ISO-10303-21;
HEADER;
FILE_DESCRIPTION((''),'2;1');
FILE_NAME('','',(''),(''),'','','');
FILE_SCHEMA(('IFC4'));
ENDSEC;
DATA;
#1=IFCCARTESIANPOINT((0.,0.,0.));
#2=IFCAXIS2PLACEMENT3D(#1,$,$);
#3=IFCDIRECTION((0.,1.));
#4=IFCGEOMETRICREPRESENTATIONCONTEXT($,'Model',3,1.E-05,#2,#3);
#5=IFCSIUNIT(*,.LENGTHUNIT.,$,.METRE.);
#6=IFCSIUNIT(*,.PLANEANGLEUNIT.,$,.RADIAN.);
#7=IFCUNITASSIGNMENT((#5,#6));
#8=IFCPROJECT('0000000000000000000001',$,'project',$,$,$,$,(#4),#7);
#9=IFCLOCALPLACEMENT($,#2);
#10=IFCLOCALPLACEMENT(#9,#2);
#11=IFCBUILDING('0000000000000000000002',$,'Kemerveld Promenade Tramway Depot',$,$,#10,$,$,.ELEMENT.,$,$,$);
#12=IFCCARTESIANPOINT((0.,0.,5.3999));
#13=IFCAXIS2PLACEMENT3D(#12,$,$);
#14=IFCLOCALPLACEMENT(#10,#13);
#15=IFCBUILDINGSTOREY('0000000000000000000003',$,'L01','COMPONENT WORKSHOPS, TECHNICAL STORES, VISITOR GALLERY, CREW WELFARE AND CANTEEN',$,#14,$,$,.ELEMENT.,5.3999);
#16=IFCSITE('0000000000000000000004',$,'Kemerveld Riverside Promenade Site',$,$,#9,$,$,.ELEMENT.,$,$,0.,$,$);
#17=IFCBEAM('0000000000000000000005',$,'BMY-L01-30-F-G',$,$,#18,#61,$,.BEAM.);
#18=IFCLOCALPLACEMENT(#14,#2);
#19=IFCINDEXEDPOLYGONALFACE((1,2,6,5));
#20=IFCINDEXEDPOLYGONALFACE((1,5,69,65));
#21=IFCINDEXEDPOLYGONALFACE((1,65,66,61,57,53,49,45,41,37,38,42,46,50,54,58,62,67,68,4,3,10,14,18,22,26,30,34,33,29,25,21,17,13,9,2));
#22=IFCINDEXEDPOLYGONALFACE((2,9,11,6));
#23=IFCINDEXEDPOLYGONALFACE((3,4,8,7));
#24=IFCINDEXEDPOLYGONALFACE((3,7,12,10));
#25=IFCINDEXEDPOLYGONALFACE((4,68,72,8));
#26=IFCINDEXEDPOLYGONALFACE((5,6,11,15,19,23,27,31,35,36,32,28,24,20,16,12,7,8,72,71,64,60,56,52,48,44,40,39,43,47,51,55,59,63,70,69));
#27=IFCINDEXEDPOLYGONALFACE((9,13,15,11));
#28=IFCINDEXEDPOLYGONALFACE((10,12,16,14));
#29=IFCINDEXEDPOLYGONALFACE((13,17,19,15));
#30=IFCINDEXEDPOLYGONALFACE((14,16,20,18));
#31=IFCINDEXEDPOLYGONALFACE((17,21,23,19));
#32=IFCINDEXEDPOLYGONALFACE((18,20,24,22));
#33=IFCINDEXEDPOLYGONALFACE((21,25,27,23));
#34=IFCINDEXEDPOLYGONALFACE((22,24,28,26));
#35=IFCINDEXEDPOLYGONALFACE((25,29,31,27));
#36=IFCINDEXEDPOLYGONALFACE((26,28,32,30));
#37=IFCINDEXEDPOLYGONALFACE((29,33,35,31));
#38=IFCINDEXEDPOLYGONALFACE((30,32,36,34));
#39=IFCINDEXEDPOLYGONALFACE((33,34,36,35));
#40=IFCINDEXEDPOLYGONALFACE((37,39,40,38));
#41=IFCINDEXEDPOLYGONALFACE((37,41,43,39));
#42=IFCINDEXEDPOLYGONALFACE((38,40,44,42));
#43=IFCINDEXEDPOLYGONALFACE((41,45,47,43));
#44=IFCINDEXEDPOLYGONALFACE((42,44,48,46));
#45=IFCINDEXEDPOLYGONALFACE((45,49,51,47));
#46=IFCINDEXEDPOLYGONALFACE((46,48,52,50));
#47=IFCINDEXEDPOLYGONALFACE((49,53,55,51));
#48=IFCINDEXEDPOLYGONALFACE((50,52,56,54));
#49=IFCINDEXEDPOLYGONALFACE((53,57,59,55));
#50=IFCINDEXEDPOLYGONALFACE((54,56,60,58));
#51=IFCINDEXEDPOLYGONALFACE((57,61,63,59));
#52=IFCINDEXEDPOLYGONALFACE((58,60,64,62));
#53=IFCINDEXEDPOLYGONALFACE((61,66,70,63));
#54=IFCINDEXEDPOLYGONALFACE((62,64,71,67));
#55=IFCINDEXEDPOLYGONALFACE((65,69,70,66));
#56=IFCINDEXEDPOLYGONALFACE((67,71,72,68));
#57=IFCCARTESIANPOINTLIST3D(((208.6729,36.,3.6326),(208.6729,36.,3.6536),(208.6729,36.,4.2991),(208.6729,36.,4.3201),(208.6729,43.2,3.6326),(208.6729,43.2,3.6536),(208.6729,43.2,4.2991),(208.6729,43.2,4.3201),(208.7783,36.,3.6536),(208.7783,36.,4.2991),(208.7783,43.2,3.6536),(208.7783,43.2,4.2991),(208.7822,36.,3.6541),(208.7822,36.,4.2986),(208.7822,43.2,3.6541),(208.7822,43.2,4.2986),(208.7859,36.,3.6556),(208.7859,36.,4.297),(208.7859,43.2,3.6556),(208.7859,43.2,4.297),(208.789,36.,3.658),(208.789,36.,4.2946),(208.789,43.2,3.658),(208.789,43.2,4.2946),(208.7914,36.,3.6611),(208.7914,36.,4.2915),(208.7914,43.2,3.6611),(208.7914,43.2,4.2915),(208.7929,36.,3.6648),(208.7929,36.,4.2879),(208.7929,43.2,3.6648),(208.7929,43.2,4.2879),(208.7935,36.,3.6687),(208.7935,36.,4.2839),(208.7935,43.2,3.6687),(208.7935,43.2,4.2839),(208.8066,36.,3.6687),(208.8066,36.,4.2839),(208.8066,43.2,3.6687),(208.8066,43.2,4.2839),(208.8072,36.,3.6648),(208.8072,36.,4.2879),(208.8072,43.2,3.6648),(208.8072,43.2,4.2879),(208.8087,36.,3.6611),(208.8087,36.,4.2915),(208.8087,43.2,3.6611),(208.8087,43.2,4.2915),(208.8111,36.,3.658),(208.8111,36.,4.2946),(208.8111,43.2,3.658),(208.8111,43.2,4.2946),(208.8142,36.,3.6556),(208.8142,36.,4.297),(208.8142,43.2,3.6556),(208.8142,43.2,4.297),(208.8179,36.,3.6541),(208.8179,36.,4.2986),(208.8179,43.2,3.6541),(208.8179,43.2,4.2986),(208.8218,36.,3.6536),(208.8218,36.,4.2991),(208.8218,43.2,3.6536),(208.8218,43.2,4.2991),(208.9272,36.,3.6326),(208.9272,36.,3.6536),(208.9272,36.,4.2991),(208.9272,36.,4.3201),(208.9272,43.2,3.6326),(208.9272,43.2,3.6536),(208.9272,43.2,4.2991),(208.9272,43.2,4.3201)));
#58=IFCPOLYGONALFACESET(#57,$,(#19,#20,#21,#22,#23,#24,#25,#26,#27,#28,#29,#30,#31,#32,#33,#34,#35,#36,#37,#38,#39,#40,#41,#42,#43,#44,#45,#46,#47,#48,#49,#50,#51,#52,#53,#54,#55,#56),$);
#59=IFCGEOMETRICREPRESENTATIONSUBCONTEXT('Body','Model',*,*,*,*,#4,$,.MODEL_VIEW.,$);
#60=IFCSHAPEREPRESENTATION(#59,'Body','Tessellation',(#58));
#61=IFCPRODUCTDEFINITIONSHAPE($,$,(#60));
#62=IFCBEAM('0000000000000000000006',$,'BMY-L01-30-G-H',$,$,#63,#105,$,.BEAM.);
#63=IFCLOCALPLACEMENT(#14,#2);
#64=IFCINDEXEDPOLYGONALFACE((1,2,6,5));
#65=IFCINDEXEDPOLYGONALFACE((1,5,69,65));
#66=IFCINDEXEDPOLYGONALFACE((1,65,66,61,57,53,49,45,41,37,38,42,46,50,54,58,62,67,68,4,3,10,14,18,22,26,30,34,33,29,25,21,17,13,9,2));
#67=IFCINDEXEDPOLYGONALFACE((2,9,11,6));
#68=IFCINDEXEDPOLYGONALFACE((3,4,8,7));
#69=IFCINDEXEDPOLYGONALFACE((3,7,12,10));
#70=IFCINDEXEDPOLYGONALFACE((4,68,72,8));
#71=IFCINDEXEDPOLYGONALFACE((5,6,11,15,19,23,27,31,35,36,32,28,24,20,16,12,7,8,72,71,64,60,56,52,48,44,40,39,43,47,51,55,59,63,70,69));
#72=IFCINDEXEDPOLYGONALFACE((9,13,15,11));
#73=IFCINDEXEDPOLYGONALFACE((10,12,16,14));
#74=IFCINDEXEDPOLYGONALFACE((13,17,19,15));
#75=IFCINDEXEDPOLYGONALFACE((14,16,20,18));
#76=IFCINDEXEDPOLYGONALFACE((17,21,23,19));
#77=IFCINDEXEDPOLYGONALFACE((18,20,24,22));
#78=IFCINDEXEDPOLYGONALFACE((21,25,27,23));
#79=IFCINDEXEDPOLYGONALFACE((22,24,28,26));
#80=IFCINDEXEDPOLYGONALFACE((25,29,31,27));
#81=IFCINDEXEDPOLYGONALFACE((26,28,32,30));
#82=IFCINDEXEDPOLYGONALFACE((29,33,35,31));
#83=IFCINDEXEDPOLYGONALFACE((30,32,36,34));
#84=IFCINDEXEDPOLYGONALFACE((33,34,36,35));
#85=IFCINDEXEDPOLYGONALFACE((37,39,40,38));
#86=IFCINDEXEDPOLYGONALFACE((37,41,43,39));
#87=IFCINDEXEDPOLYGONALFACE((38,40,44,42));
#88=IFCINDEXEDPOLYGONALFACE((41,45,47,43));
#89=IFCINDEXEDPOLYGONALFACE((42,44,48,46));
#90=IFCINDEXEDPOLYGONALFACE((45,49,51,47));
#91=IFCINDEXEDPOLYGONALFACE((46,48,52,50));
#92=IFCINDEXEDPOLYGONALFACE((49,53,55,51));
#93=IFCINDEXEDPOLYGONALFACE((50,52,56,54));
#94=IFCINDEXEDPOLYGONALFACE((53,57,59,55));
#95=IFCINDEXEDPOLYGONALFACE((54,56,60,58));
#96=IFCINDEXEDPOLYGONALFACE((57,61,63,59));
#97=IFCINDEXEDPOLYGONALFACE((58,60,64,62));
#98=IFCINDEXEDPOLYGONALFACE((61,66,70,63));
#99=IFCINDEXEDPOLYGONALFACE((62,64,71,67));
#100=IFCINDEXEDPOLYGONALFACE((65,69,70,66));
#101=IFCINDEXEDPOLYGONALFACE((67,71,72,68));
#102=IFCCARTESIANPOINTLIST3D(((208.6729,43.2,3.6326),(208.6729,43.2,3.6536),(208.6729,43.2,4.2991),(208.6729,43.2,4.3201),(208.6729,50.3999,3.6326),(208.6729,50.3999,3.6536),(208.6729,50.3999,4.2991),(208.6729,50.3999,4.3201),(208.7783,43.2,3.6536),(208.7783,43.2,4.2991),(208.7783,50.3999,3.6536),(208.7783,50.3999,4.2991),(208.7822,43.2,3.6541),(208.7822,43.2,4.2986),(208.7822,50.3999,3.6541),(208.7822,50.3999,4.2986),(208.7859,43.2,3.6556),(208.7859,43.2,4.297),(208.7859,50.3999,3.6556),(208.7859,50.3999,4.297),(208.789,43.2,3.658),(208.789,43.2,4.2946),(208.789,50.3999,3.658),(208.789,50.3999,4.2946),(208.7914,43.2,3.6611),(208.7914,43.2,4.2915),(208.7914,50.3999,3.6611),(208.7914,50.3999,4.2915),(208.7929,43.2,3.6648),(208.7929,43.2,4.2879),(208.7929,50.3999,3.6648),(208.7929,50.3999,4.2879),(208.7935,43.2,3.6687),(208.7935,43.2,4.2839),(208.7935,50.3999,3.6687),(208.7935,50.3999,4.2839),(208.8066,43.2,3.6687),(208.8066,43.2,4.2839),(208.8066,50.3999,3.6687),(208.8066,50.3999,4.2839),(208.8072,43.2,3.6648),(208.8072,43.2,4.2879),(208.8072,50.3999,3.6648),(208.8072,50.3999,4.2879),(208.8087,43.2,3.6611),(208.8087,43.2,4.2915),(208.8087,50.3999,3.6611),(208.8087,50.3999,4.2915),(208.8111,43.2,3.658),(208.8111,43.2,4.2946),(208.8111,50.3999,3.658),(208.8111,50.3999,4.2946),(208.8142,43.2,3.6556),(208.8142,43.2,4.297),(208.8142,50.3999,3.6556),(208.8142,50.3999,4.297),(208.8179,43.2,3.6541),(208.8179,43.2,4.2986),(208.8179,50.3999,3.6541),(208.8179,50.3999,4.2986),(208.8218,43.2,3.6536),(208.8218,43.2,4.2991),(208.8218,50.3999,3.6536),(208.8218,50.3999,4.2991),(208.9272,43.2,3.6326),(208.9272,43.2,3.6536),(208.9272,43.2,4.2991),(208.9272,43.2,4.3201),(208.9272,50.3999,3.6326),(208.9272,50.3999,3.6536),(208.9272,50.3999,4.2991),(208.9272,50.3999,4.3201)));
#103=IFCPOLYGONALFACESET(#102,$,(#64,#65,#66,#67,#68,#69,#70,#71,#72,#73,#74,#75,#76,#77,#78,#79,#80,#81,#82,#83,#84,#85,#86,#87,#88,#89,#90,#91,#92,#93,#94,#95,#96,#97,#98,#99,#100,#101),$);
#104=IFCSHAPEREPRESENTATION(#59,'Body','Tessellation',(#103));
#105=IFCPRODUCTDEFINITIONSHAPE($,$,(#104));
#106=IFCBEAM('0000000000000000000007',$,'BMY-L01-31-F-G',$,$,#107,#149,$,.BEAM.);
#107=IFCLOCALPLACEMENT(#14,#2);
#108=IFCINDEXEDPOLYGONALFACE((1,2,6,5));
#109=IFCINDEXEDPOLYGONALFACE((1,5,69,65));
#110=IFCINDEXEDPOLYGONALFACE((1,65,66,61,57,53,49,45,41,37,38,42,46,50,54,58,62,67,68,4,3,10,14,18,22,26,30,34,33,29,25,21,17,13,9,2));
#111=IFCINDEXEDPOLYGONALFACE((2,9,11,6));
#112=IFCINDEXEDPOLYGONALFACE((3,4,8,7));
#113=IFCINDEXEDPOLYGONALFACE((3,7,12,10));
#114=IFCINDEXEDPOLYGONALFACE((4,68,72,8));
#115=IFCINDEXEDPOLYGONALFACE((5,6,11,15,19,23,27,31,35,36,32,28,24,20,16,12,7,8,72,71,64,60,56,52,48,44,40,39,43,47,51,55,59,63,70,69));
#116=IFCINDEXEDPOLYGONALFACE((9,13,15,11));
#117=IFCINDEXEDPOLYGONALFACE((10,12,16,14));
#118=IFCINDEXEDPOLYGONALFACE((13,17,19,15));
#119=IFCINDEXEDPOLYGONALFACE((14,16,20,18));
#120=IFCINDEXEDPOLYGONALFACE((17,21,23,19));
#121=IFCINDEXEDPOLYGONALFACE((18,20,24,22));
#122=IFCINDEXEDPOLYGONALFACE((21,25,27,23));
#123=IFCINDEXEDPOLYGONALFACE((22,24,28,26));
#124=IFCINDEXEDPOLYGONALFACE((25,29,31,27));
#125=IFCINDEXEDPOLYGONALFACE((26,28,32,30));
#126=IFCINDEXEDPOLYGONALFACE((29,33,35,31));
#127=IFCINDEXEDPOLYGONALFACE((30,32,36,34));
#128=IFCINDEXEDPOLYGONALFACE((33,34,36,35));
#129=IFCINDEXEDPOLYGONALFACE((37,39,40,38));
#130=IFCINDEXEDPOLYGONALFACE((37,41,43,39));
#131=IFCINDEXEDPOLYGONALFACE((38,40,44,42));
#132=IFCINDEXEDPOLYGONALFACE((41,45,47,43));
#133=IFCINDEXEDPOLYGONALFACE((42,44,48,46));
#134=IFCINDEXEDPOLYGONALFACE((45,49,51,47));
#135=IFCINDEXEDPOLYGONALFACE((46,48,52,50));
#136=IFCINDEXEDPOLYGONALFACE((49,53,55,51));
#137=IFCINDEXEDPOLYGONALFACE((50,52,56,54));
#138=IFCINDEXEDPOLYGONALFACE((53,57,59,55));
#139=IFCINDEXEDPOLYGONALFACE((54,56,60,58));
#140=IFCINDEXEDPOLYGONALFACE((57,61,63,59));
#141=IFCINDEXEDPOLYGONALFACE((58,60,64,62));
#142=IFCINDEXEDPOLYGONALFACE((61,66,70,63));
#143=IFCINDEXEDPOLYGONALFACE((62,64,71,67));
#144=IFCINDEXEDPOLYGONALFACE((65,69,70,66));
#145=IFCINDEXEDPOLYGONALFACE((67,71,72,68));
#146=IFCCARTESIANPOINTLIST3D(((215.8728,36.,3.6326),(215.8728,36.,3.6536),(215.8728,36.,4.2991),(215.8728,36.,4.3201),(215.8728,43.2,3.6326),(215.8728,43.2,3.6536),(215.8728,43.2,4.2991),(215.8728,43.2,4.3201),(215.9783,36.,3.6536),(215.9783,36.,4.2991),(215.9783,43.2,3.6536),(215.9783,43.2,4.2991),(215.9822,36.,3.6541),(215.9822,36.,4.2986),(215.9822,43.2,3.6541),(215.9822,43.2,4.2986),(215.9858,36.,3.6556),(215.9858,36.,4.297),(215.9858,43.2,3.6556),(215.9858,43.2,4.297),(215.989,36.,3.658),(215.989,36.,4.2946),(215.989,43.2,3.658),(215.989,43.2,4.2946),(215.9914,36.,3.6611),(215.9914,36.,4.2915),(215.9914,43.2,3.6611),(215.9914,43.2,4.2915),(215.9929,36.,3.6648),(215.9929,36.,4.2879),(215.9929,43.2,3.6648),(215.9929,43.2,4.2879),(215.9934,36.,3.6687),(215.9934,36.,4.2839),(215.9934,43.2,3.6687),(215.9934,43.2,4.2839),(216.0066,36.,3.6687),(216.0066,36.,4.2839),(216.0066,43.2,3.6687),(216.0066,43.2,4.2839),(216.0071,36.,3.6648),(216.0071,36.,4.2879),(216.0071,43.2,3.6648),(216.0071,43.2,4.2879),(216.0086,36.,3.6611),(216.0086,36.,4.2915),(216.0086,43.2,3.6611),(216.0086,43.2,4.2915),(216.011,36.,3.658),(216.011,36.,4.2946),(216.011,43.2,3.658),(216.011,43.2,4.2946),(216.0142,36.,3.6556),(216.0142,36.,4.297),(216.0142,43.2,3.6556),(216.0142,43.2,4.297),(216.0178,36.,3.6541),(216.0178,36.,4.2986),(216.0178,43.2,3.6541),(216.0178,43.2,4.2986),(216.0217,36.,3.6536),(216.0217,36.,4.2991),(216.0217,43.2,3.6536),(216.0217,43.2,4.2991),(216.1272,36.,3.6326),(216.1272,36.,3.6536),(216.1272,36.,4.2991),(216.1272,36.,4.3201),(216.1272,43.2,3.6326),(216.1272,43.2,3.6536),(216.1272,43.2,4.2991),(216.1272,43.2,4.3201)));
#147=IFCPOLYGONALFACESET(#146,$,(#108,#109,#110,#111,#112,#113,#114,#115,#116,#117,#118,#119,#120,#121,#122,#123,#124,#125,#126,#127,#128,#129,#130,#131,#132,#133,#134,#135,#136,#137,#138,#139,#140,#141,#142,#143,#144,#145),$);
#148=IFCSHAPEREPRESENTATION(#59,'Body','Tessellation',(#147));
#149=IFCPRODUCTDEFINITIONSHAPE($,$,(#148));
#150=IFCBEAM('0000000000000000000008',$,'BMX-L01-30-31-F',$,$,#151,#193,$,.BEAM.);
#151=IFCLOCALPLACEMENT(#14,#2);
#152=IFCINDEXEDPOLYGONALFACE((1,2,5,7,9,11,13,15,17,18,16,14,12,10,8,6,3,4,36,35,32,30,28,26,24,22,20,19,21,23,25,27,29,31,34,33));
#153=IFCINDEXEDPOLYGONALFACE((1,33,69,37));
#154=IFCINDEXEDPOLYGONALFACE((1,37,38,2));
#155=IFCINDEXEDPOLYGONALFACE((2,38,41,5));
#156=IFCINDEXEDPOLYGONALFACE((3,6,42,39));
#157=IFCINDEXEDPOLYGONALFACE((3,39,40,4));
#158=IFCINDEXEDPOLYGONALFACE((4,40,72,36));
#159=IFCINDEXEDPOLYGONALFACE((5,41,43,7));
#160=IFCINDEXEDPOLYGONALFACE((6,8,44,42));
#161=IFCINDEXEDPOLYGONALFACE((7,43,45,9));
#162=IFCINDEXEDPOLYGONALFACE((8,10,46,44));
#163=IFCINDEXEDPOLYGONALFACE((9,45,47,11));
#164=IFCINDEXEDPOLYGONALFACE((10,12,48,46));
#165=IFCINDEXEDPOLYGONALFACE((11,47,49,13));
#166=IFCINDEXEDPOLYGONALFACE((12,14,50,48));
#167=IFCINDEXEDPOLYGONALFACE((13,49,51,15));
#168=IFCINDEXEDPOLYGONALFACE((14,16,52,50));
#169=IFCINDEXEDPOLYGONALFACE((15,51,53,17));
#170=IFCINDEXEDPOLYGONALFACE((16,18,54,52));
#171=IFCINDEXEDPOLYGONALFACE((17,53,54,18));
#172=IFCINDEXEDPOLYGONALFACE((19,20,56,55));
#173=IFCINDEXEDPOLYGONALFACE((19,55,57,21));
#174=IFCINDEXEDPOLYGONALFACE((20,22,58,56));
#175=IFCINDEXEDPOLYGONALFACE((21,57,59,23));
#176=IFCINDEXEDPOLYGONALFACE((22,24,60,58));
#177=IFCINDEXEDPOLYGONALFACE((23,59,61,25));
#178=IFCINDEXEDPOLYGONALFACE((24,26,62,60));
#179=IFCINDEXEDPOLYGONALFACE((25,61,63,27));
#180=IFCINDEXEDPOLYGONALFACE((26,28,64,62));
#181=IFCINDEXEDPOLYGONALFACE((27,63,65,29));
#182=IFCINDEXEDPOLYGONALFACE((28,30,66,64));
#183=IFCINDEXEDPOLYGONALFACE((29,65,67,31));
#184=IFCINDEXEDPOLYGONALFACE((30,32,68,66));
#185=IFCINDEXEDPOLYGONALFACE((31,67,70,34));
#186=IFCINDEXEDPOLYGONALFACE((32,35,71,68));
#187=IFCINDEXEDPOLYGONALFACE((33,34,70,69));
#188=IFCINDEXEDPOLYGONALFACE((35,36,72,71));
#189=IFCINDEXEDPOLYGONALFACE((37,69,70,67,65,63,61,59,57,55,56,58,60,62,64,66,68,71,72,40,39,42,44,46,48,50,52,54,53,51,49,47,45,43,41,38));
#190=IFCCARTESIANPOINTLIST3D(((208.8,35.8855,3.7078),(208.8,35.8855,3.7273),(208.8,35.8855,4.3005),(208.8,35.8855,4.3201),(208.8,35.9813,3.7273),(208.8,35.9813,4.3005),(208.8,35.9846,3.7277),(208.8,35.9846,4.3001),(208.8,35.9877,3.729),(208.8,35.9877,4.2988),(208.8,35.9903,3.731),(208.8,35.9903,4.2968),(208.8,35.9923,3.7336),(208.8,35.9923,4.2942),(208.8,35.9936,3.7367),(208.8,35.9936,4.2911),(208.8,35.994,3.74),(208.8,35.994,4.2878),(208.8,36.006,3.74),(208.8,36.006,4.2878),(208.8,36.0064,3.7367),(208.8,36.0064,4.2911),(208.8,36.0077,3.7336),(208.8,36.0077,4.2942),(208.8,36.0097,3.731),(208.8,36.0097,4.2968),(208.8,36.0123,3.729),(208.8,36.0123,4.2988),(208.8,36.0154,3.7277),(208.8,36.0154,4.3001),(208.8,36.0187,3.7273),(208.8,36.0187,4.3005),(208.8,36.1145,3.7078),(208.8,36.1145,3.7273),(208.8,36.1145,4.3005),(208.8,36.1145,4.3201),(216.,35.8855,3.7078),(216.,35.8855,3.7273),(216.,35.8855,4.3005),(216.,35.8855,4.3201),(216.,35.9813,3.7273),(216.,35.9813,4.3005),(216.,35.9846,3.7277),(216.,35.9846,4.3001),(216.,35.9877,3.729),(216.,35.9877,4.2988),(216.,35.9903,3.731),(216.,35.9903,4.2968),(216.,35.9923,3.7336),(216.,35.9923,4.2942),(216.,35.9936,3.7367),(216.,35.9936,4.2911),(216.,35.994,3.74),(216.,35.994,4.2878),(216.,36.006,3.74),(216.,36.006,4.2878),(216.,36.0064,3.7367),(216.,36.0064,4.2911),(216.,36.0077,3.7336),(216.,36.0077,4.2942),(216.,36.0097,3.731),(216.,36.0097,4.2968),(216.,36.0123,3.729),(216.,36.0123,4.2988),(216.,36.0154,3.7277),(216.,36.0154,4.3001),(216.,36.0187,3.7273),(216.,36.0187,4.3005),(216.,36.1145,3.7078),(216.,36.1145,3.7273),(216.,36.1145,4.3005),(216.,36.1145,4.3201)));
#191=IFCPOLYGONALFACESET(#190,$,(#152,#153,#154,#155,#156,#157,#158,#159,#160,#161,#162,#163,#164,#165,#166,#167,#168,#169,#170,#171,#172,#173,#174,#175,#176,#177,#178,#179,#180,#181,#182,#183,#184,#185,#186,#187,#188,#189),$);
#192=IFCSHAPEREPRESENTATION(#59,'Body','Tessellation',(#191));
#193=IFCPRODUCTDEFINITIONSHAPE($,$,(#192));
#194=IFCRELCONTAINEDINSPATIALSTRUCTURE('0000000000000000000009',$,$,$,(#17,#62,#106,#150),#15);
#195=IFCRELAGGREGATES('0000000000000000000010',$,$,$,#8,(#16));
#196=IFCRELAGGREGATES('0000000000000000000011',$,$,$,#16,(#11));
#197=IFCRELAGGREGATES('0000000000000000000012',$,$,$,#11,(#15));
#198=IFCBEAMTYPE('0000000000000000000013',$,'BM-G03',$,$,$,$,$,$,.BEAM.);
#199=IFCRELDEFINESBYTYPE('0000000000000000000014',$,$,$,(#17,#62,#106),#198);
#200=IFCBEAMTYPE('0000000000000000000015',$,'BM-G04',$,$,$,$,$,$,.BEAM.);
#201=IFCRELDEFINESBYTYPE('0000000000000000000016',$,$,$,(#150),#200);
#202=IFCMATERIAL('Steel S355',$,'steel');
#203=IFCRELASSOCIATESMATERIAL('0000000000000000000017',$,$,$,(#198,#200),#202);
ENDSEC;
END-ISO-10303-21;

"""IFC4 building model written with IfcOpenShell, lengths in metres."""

from ifc_helpers import new_model, si_unit, direction, frame, origin, origin_2d, place, context, subcontext, project, spatial, i_section, extrude, material, material_profile, profile_set, type_object, element, save


model = new_model("IFC4")

# Units and contexts
model_context = context("Model", 3, precision=1e-05, world=origin(), true_north=direction((0.0, 1.0)))
body_context = subcontext(model_context, "Body", "Model", "MODEL_VIEW")
ifc_project = project(units=[si_unit("LENGTHUNIT", "METRE"), si_unit("PLANEANGLEUNIT", "RADIAN")], contexts=[model_context])

# Site, building, storey
site_placement = place(None, origin())
site = spatial("IfcSite", under=ifc_project, at=site_placement, Name="Kemerveld Riverside Promenade Site", CompositionType="ELEMENT", RefElevation=0.0)
building_placement = place(site_placement, origin())
building = spatial("IfcBuilding", under=site, at=building_placement, Name="Kemerveld Promenade Tramway Depot", CompositionType="ELEMENT")
storey_placement = place(building_placement, frame((0.0, 0.0, 5.3999)))
storey = spatial("IfcBuildingStorey", under=building, at=storey_placement, Name="L01", Description="COMPONENT WORKSHOPS, TECHNICAL STORES, VISITOR GALLERY, CREW WELFARE AND CANTEEN", CompositionType="ELEMENT", Elevation=5.3999)

# Shared definitions
ifc_material_1 = material(Name="Steel S355", Category="steel")

# Beams
ifc_material_profile_1 = material_profile(ifc_material_1, i_section(OverallWidth=0.2544, OverallDepth=0.6875, WebThickness=0.0132, FlangeThickness=0.021, FilletRadius=0.0151, at=origin_2d()), Name="686x254x152 UB")
ifc_profile_set_1 = profile_set([ifc_material_profile_1], Name="Steel S355")
beam_type_1 = type_object("IfcBeamType", Name="BM-G03", PredefinedType="BEAM", material=ifc_profile_set_1)
for number, where, z_axis, x_axis, name in (
    (1, (208.8, 36.0, 3.9763), (0.0, 1.0, 0.0), (-1.0, 0.0, 0.0), "BMY-L01-30-F-G"),
    (2, (208.8, 43.2, 3.9763), (0.0, 1.0, 0.0), (-1.0, 0.0, 0.0), "BMY-L01-30-G-H"),
    (3, (216.0, 36.0, 3.9763), (0.0, 1.0, 0.0), (-1.0, 0.0, 0.0), "BMY-L01-31-F-G"),
):
    element("IfcBeam", number, at=place(storey_placement, frame(where, z_axis=z_axis, x_axis=x_axis)), inside=storey, type_object=beam_type_1, Name=name, PredefinedType="BEAM", context=body_context, shape_type="SweptSolid", body=[
        extrude(i_section(OverallWidth=0.2544, OverallDepth=0.6875, WebThickness=0.0132, FlangeThickness=0.021, FilletRadius=0.0151, at=origin_2d()), origin(), (0.0, 0.0, 1.0), 7.2),
    ])
ifc_material_profile_2 = material_profile(ifc_material_1, i_section(OverallWidth=0.229, OverallDepth=0.6123, WebThickness=0.012, FlangeThickness=0.0195, FilletRadius=0.0127, at=origin_2d()), Name="610x229x125 UB")
ifc_profile_set_2 = profile_set([ifc_material_profile_2], Name="Steel S355")
beam_type_2 = type_object("IfcBeamType", Name="BM-G04", PredefinedType="BEAM", material=ifc_profile_set_2)
for number, where, z_axis, x_axis, name in (
    (4, (208.8, 36.0, 4.0139), (1.0, 0.0, 0.0), (0.0, 1.0, 0.0), "BMX-L01-30-31-F"),
):
    element("IfcBeam", number, at=place(storey_placement, frame(where, z_axis=z_axis, x_axis=x_axis)), inside=storey, type_object=beam_type_2, Name=name, PredefinedType="BEAM", context=body_context, shape_type="SweptSolid", body=[
        extrude(i_section(OverallWidth=0.229, OverallDepth=0.6123, WebThickness=0.012, FlangeThickness=0.0195, FilletRadius=0.0127, at=origin_2d()), origin(), (0.0, 0.0, 1.0), 7.2),
    ])

save(model, "model.ifc")
